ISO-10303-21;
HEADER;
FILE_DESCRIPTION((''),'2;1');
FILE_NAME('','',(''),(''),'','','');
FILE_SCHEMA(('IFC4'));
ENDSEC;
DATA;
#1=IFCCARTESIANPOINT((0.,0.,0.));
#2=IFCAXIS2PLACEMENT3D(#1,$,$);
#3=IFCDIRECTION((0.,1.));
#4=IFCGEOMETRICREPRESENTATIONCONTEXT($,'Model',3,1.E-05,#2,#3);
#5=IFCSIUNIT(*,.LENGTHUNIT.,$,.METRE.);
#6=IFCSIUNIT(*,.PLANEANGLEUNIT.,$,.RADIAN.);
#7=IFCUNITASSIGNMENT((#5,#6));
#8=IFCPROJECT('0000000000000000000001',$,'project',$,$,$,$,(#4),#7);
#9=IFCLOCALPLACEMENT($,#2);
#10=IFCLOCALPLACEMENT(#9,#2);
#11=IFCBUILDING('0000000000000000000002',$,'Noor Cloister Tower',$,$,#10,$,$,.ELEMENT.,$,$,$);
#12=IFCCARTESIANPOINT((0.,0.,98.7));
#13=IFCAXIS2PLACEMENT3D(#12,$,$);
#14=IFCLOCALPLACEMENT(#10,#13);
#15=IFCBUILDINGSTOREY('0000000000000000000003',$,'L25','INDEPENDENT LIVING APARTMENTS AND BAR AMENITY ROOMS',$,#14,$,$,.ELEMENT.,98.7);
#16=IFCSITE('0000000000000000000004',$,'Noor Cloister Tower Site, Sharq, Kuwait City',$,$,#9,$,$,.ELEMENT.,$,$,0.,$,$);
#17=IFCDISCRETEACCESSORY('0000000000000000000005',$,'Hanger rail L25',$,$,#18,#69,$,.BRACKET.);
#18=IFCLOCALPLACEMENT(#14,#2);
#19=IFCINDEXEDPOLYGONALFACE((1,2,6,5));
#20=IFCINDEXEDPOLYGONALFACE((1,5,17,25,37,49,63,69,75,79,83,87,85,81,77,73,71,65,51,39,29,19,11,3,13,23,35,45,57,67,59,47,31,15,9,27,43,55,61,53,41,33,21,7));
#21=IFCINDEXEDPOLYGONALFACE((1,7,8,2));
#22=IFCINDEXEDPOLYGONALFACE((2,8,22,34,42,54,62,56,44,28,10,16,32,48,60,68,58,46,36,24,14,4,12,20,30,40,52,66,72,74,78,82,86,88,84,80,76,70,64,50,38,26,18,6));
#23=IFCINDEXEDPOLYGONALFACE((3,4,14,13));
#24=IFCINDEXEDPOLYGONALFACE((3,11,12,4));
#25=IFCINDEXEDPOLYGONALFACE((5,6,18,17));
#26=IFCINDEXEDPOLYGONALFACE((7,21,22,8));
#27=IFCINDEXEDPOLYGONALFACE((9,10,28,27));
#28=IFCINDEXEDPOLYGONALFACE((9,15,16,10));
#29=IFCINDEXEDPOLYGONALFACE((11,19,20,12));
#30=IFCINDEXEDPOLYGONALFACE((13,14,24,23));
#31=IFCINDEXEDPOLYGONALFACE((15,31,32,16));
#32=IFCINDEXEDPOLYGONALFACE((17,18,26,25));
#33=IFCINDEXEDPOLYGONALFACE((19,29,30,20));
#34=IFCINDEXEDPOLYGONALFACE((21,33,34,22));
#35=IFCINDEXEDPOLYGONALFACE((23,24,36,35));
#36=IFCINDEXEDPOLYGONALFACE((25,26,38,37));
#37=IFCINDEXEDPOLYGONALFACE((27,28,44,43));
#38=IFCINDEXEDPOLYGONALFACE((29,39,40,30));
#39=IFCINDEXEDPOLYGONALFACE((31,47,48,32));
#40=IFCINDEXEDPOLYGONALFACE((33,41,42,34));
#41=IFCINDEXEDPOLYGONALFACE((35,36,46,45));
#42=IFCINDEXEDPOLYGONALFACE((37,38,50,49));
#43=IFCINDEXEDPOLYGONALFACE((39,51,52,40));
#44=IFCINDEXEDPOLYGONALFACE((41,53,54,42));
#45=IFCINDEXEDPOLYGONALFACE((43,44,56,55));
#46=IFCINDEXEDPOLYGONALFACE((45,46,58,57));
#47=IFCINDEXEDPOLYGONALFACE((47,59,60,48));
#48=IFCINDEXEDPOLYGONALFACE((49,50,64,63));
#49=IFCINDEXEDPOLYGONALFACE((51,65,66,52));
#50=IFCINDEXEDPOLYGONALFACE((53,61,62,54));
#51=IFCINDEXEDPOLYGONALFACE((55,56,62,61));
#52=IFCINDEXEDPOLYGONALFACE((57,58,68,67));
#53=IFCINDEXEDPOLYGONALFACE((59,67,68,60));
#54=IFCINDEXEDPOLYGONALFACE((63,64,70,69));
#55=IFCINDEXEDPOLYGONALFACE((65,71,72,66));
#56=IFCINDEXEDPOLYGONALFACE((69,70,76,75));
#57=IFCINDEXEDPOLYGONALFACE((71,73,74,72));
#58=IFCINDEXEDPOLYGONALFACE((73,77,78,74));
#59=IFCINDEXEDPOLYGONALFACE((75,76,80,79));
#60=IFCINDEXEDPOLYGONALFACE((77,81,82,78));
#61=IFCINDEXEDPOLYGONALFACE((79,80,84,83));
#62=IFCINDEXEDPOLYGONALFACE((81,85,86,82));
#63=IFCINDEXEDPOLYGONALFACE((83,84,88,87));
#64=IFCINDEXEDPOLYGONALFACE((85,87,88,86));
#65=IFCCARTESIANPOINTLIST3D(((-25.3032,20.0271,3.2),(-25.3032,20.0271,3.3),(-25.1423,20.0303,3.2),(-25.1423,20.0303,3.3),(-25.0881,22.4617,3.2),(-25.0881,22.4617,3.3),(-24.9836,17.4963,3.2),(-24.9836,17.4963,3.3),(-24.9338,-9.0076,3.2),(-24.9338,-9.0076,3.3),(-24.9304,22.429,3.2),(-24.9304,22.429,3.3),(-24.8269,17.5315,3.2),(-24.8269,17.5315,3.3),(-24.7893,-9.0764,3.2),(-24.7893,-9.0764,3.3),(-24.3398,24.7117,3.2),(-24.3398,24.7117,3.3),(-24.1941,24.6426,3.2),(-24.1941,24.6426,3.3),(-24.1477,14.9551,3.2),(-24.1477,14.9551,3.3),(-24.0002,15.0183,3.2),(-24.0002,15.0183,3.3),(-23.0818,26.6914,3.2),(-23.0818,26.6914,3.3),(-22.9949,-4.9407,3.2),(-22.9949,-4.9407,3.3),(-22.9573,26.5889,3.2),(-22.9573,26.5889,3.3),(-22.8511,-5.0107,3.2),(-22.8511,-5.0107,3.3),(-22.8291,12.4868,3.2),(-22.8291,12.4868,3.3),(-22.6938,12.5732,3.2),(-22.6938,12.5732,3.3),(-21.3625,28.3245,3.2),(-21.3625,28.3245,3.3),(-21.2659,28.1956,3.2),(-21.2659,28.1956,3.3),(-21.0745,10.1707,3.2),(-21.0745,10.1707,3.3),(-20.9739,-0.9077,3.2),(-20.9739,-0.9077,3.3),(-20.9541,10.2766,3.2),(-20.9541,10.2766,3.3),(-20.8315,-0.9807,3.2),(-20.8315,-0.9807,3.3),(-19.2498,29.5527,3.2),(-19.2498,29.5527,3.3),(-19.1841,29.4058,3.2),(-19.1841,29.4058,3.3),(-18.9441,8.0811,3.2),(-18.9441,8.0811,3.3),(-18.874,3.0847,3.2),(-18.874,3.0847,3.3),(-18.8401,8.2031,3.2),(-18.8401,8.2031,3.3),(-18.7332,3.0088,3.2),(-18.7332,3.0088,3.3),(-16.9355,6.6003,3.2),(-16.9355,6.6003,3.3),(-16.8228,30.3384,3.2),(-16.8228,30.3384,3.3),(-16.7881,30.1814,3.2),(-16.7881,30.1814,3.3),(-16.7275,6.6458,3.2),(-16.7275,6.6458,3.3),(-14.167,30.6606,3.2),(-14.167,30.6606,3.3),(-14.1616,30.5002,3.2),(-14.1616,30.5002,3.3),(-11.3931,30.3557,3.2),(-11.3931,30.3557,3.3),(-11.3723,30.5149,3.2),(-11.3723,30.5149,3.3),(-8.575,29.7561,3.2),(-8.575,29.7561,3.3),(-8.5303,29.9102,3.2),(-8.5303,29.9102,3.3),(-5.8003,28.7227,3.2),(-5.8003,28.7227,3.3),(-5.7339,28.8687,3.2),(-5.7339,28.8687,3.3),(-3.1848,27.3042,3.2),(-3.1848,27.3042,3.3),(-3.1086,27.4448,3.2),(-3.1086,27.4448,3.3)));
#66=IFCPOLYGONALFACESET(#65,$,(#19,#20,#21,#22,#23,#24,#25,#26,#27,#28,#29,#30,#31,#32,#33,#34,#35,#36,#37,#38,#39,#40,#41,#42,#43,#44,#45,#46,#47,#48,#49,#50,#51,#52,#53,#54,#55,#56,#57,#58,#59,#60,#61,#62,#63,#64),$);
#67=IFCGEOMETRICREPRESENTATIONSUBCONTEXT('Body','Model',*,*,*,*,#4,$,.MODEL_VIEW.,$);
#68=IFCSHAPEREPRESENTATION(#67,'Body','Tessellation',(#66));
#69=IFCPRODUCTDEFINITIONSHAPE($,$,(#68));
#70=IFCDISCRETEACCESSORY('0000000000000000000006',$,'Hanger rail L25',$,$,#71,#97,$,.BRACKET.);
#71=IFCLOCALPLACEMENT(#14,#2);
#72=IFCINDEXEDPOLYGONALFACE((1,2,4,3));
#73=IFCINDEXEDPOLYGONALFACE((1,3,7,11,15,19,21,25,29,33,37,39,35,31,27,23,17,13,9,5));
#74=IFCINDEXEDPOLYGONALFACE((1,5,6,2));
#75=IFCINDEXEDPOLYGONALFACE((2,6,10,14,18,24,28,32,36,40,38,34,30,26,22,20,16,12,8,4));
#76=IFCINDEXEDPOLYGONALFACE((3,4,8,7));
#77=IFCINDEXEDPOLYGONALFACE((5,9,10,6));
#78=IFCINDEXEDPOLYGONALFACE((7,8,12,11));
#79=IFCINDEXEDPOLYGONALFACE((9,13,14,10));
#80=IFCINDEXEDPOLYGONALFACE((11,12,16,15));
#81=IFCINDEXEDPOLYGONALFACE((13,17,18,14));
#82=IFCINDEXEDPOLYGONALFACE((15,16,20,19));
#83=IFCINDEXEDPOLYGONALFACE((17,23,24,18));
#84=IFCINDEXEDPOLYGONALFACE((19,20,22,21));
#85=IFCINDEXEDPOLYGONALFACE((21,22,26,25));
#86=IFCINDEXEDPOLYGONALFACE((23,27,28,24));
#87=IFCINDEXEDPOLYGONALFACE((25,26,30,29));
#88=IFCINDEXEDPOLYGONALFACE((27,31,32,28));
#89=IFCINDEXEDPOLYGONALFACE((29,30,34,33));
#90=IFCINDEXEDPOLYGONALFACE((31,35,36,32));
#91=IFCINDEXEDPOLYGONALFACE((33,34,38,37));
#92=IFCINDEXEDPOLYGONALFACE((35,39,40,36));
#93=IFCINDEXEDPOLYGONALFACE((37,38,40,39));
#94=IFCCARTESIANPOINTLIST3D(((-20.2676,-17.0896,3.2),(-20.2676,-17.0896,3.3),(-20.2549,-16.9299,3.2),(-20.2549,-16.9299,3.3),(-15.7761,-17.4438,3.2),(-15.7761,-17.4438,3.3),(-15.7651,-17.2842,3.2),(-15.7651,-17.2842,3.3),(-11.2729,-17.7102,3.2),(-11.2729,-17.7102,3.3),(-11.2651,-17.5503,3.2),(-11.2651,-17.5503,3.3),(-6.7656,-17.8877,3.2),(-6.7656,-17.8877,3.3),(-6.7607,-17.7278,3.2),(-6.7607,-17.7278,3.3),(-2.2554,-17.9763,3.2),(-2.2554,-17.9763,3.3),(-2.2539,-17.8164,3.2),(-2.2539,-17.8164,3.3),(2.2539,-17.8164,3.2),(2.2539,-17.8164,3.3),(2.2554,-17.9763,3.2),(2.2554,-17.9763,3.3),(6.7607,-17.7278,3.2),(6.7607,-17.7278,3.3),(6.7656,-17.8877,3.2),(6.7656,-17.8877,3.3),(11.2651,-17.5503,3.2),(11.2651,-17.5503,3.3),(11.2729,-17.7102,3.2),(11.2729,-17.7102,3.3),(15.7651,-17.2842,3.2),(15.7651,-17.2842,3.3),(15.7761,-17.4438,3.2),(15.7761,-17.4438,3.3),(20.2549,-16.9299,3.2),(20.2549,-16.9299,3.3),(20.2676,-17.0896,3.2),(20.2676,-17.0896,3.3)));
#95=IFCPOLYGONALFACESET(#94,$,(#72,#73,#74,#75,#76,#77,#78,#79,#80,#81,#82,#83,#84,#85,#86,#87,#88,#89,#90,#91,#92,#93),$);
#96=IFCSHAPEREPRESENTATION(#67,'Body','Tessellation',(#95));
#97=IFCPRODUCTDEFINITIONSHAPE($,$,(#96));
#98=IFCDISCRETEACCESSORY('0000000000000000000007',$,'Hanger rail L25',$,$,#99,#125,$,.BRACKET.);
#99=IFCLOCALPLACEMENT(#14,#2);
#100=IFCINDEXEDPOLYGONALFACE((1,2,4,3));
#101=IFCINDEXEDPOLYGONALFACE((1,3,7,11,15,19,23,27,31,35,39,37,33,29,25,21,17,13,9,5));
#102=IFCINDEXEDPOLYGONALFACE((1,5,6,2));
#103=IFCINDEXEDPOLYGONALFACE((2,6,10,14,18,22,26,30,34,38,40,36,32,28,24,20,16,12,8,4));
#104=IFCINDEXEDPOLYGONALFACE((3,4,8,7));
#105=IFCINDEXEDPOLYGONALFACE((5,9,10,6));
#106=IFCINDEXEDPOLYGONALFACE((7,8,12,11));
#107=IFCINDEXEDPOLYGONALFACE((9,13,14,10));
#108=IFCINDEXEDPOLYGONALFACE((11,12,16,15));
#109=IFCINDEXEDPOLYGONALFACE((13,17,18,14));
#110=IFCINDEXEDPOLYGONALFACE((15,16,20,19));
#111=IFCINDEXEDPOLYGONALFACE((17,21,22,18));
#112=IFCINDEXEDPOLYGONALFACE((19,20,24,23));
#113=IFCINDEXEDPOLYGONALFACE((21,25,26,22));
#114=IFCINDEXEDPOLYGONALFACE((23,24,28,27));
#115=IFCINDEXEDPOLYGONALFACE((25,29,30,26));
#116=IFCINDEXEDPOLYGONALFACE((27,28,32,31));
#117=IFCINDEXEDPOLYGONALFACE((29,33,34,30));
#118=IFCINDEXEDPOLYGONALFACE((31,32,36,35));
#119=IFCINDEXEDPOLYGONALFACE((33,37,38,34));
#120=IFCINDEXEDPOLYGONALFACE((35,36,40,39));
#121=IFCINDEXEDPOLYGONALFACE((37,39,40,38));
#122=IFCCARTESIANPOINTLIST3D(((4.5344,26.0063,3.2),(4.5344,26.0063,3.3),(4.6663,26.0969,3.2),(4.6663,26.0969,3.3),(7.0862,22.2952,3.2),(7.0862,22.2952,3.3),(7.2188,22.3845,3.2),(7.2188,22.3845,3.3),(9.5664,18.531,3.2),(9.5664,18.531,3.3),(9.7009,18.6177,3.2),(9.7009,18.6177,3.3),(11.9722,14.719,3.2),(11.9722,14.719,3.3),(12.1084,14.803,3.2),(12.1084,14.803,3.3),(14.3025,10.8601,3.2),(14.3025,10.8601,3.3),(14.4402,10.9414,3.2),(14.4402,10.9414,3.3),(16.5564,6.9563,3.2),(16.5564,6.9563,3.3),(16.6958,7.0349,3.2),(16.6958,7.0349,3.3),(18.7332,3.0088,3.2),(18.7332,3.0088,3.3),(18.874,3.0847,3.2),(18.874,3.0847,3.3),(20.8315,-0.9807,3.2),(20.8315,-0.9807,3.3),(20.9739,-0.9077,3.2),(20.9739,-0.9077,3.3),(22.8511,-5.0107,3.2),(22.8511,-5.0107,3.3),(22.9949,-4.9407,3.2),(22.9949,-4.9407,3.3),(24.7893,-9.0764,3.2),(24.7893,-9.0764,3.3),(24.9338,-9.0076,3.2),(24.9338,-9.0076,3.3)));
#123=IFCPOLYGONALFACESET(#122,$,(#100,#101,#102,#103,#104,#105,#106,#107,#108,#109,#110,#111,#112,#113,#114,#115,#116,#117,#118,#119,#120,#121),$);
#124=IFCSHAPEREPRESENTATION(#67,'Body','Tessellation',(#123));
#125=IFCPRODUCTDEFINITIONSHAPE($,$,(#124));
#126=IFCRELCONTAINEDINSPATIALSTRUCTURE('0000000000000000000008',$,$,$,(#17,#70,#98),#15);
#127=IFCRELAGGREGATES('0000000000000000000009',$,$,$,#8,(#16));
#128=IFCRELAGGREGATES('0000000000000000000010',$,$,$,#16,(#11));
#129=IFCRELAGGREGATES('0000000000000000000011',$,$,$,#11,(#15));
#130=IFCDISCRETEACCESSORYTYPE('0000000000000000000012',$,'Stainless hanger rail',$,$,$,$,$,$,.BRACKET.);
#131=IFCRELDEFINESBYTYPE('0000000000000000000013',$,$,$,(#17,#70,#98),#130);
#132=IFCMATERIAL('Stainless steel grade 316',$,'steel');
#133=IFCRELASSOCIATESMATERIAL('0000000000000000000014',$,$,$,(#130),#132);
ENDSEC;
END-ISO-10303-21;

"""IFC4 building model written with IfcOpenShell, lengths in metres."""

from ifc_helpers import new_model, si_unit, direction, frame, origin, place, context, subcontext, project, spatial, polyline, outline, extrude, material, type_object, element, save


model = new_model("IFC4")

# Units and contexts
model_context = context("Model", 3, precision=1e-05, world=origin(), true_north=direction((0.0, 1.0)))
body_context = subcontext(model_context, "Body", "Model", "MODEL_VIEW")
ifc_project = project(units=[si_unit("LENGTHUNIT", "METRE"), si_unit("PLANEANGLEUNIT", "RADIAN")], contexts=[model_context])

# Site, building, storey
site_placement = place(None, origin())
site = spatial("IfcSite", under=ifc_project, at=site_placement, Name="Noor Cloister Tower Site, Sharq, Kuwait City", CompositionType="ELEMENT", RefElevation=0.0)
building_placement = place(site_placement, origin())
building = spatial("IfcBuilding", under=site, at=building_placement, Name="Noor Cloister Tower", CompositionType="ELEMENT")
storey_placement = place(building_placement, frame((0.0, 0.0, 98.7)))
storey = spatial("IfcBuildingStorey", under=building, at=storey_placement, Name="L25", Description="INDEPENDENT LIVING APARTMENTS AND BAR AMENITY ROOMS", CompositionType="ELEMENT", Elevation=98.7)

# Discrete accessories
ifc_material_1 = material(Name="Stainless steel grade 316", Category="steel")
discrete_accessory_type = type_object("IfcDiscreteAccessoryType", Name="Stainless hanger rail", PredefinedType="BRACKET", material=ifc_material_1)
discrete_accessory_1_placement = place(storey_placement, frame((0.0, 0.0, 3.2)))
element("IfcDiscreteAccessory", 1, at=discrete_accessory_1_placement, inside=storey, type_object=discrete_accessory_type, Name="Hanger rail L25", PredefinedType="BRACKET", context=body_context, shape_type="SweptSolid", body=[
    extrude(outline(polyline([(-3.1086, 27.4448), (-5.7339, 28.8687), (-8.5303, 29.9102), (-11.3723, 30.5149), (-14.167, 30.6606), (-16.8228, 30.3384), (-19.2498, 29.5527), (-21.3625, 28.3245), (-23.0818, 26.6914), (-24.3398, 24.7117), (-25.0881, 22.4617), (-25.3032, 20.0271), (-24.9836, 17.4963), (-24.1477, 14.9551), (-22.8291, 12.4868), (-21.0745, 10.1707), (-18.9441, 8.0811), (-16.9355, 6.6003), (-18.874, 3.0847), (-20.9739, -0.9077), (-22.9949, -4.9407), (-24.9338, -9.0076), (-24.7893, -9.0764), (-22.8511, -5.0107), (-20.8315, -0.9807), (-18.7332, 3.0088), (-16.7275, 6.6458), (-18.8401, 8.2031), (-20.9541, 10.2766), (-22.6938, 12.5732), (-24.0002, 15.0183), (-24.8269, 17.5315), (-25.1423, 20.0303), (-24.9304, 22.429), (-24.1941, 24.6426), (-22.9573, 26.5889), (-21.2659, 28.1956), (-19.1841, 29.4058), (-16.7881, 30.1814), (-14.1616, 30.5002), (-11.3931, 30.3557), (-8.575, 29.7561), (-5.8003, 28.7227), (-3.1848, 27.3042), (-3.1086, 27.4448)])), origin(), (0.0, 0.0, 1.0), 0.1001),
])
discrete_accessory_2_placement = place(storey_placement, frame((0.0, 0.0, 3.2)))
element("IfcDiscreteAccessory", 2, at=discrete_accessory_2_placement, inside=storey, type_object=discrete_accessory_type, Name="Hanger rail L25", PredefinedType="BRACKET", context=body_context, shape_type="SweptSolid", body=[
    extrude(outline(polyline([(-20.2676, -17.0896), (-15.7761, -17.4438), (-11.2729, -17.7102), (-6.7656, -17.8877), (-2.2554, -17.9763), (2.2554, -17.9763), (6.7656, -17.8877), (11.2729, -17.7102), (15.7761, -17.4438), (20.2676, -17.0896), (20.2549, -16.9299), (15.7651, -17.2842), (11.2651, -17.5503), (6.7607, -17.7278), (2.2539, -17.8164), (-2.2539, -17.8164), (-6.7607, -17.7278), (-11.2651, -17.5503), (-15.7651, -17.2842), (-20.2549, -16.9299), (-20.2676, -17.0896)])), origin(), (0.0, 0.0, 1.0), 0.1001),
])
discrete_accessory_3_placement = place(storey_placement, frame((0.0, 0.0, 3.2)))
element("IfcDiscreteAccessory", 3, at=discrete_accessory_3_placement, inside=storey, type_object=discrete_accessory_type, Name="Hanger rail L25", PredefinedType="BRACKET", context=body_context, shape_type="SweptSolid", body=[
    extrude(outline(polyline([(24.9338, -9.0076), (22.9949, -4.9407), (20.9739, -0.9077), (18.874, 3.0847), (16.6958, 7.0349), (14.4402, 10.9414), (12.1084, 14.803), (9.7009, 18.6177), (7.2188, 22.3845), (4.6663, 26.0969), (4.5344, 26.0063), (7.0862, 22.2952), (9.5664, 18.531), (11.9722, 14.719), (14.3025, 10.8601), (16.5564, 6.9563), (18.7332, 3.0088), (20.8315, -0.9807), (22.8511, -5.0107), (24.7893, -9.0764), (24.9338, -9.0076)])), origin(), (0.0, 0.0, 1.0), 0.1001),
])

save(model, "model.ifc")
